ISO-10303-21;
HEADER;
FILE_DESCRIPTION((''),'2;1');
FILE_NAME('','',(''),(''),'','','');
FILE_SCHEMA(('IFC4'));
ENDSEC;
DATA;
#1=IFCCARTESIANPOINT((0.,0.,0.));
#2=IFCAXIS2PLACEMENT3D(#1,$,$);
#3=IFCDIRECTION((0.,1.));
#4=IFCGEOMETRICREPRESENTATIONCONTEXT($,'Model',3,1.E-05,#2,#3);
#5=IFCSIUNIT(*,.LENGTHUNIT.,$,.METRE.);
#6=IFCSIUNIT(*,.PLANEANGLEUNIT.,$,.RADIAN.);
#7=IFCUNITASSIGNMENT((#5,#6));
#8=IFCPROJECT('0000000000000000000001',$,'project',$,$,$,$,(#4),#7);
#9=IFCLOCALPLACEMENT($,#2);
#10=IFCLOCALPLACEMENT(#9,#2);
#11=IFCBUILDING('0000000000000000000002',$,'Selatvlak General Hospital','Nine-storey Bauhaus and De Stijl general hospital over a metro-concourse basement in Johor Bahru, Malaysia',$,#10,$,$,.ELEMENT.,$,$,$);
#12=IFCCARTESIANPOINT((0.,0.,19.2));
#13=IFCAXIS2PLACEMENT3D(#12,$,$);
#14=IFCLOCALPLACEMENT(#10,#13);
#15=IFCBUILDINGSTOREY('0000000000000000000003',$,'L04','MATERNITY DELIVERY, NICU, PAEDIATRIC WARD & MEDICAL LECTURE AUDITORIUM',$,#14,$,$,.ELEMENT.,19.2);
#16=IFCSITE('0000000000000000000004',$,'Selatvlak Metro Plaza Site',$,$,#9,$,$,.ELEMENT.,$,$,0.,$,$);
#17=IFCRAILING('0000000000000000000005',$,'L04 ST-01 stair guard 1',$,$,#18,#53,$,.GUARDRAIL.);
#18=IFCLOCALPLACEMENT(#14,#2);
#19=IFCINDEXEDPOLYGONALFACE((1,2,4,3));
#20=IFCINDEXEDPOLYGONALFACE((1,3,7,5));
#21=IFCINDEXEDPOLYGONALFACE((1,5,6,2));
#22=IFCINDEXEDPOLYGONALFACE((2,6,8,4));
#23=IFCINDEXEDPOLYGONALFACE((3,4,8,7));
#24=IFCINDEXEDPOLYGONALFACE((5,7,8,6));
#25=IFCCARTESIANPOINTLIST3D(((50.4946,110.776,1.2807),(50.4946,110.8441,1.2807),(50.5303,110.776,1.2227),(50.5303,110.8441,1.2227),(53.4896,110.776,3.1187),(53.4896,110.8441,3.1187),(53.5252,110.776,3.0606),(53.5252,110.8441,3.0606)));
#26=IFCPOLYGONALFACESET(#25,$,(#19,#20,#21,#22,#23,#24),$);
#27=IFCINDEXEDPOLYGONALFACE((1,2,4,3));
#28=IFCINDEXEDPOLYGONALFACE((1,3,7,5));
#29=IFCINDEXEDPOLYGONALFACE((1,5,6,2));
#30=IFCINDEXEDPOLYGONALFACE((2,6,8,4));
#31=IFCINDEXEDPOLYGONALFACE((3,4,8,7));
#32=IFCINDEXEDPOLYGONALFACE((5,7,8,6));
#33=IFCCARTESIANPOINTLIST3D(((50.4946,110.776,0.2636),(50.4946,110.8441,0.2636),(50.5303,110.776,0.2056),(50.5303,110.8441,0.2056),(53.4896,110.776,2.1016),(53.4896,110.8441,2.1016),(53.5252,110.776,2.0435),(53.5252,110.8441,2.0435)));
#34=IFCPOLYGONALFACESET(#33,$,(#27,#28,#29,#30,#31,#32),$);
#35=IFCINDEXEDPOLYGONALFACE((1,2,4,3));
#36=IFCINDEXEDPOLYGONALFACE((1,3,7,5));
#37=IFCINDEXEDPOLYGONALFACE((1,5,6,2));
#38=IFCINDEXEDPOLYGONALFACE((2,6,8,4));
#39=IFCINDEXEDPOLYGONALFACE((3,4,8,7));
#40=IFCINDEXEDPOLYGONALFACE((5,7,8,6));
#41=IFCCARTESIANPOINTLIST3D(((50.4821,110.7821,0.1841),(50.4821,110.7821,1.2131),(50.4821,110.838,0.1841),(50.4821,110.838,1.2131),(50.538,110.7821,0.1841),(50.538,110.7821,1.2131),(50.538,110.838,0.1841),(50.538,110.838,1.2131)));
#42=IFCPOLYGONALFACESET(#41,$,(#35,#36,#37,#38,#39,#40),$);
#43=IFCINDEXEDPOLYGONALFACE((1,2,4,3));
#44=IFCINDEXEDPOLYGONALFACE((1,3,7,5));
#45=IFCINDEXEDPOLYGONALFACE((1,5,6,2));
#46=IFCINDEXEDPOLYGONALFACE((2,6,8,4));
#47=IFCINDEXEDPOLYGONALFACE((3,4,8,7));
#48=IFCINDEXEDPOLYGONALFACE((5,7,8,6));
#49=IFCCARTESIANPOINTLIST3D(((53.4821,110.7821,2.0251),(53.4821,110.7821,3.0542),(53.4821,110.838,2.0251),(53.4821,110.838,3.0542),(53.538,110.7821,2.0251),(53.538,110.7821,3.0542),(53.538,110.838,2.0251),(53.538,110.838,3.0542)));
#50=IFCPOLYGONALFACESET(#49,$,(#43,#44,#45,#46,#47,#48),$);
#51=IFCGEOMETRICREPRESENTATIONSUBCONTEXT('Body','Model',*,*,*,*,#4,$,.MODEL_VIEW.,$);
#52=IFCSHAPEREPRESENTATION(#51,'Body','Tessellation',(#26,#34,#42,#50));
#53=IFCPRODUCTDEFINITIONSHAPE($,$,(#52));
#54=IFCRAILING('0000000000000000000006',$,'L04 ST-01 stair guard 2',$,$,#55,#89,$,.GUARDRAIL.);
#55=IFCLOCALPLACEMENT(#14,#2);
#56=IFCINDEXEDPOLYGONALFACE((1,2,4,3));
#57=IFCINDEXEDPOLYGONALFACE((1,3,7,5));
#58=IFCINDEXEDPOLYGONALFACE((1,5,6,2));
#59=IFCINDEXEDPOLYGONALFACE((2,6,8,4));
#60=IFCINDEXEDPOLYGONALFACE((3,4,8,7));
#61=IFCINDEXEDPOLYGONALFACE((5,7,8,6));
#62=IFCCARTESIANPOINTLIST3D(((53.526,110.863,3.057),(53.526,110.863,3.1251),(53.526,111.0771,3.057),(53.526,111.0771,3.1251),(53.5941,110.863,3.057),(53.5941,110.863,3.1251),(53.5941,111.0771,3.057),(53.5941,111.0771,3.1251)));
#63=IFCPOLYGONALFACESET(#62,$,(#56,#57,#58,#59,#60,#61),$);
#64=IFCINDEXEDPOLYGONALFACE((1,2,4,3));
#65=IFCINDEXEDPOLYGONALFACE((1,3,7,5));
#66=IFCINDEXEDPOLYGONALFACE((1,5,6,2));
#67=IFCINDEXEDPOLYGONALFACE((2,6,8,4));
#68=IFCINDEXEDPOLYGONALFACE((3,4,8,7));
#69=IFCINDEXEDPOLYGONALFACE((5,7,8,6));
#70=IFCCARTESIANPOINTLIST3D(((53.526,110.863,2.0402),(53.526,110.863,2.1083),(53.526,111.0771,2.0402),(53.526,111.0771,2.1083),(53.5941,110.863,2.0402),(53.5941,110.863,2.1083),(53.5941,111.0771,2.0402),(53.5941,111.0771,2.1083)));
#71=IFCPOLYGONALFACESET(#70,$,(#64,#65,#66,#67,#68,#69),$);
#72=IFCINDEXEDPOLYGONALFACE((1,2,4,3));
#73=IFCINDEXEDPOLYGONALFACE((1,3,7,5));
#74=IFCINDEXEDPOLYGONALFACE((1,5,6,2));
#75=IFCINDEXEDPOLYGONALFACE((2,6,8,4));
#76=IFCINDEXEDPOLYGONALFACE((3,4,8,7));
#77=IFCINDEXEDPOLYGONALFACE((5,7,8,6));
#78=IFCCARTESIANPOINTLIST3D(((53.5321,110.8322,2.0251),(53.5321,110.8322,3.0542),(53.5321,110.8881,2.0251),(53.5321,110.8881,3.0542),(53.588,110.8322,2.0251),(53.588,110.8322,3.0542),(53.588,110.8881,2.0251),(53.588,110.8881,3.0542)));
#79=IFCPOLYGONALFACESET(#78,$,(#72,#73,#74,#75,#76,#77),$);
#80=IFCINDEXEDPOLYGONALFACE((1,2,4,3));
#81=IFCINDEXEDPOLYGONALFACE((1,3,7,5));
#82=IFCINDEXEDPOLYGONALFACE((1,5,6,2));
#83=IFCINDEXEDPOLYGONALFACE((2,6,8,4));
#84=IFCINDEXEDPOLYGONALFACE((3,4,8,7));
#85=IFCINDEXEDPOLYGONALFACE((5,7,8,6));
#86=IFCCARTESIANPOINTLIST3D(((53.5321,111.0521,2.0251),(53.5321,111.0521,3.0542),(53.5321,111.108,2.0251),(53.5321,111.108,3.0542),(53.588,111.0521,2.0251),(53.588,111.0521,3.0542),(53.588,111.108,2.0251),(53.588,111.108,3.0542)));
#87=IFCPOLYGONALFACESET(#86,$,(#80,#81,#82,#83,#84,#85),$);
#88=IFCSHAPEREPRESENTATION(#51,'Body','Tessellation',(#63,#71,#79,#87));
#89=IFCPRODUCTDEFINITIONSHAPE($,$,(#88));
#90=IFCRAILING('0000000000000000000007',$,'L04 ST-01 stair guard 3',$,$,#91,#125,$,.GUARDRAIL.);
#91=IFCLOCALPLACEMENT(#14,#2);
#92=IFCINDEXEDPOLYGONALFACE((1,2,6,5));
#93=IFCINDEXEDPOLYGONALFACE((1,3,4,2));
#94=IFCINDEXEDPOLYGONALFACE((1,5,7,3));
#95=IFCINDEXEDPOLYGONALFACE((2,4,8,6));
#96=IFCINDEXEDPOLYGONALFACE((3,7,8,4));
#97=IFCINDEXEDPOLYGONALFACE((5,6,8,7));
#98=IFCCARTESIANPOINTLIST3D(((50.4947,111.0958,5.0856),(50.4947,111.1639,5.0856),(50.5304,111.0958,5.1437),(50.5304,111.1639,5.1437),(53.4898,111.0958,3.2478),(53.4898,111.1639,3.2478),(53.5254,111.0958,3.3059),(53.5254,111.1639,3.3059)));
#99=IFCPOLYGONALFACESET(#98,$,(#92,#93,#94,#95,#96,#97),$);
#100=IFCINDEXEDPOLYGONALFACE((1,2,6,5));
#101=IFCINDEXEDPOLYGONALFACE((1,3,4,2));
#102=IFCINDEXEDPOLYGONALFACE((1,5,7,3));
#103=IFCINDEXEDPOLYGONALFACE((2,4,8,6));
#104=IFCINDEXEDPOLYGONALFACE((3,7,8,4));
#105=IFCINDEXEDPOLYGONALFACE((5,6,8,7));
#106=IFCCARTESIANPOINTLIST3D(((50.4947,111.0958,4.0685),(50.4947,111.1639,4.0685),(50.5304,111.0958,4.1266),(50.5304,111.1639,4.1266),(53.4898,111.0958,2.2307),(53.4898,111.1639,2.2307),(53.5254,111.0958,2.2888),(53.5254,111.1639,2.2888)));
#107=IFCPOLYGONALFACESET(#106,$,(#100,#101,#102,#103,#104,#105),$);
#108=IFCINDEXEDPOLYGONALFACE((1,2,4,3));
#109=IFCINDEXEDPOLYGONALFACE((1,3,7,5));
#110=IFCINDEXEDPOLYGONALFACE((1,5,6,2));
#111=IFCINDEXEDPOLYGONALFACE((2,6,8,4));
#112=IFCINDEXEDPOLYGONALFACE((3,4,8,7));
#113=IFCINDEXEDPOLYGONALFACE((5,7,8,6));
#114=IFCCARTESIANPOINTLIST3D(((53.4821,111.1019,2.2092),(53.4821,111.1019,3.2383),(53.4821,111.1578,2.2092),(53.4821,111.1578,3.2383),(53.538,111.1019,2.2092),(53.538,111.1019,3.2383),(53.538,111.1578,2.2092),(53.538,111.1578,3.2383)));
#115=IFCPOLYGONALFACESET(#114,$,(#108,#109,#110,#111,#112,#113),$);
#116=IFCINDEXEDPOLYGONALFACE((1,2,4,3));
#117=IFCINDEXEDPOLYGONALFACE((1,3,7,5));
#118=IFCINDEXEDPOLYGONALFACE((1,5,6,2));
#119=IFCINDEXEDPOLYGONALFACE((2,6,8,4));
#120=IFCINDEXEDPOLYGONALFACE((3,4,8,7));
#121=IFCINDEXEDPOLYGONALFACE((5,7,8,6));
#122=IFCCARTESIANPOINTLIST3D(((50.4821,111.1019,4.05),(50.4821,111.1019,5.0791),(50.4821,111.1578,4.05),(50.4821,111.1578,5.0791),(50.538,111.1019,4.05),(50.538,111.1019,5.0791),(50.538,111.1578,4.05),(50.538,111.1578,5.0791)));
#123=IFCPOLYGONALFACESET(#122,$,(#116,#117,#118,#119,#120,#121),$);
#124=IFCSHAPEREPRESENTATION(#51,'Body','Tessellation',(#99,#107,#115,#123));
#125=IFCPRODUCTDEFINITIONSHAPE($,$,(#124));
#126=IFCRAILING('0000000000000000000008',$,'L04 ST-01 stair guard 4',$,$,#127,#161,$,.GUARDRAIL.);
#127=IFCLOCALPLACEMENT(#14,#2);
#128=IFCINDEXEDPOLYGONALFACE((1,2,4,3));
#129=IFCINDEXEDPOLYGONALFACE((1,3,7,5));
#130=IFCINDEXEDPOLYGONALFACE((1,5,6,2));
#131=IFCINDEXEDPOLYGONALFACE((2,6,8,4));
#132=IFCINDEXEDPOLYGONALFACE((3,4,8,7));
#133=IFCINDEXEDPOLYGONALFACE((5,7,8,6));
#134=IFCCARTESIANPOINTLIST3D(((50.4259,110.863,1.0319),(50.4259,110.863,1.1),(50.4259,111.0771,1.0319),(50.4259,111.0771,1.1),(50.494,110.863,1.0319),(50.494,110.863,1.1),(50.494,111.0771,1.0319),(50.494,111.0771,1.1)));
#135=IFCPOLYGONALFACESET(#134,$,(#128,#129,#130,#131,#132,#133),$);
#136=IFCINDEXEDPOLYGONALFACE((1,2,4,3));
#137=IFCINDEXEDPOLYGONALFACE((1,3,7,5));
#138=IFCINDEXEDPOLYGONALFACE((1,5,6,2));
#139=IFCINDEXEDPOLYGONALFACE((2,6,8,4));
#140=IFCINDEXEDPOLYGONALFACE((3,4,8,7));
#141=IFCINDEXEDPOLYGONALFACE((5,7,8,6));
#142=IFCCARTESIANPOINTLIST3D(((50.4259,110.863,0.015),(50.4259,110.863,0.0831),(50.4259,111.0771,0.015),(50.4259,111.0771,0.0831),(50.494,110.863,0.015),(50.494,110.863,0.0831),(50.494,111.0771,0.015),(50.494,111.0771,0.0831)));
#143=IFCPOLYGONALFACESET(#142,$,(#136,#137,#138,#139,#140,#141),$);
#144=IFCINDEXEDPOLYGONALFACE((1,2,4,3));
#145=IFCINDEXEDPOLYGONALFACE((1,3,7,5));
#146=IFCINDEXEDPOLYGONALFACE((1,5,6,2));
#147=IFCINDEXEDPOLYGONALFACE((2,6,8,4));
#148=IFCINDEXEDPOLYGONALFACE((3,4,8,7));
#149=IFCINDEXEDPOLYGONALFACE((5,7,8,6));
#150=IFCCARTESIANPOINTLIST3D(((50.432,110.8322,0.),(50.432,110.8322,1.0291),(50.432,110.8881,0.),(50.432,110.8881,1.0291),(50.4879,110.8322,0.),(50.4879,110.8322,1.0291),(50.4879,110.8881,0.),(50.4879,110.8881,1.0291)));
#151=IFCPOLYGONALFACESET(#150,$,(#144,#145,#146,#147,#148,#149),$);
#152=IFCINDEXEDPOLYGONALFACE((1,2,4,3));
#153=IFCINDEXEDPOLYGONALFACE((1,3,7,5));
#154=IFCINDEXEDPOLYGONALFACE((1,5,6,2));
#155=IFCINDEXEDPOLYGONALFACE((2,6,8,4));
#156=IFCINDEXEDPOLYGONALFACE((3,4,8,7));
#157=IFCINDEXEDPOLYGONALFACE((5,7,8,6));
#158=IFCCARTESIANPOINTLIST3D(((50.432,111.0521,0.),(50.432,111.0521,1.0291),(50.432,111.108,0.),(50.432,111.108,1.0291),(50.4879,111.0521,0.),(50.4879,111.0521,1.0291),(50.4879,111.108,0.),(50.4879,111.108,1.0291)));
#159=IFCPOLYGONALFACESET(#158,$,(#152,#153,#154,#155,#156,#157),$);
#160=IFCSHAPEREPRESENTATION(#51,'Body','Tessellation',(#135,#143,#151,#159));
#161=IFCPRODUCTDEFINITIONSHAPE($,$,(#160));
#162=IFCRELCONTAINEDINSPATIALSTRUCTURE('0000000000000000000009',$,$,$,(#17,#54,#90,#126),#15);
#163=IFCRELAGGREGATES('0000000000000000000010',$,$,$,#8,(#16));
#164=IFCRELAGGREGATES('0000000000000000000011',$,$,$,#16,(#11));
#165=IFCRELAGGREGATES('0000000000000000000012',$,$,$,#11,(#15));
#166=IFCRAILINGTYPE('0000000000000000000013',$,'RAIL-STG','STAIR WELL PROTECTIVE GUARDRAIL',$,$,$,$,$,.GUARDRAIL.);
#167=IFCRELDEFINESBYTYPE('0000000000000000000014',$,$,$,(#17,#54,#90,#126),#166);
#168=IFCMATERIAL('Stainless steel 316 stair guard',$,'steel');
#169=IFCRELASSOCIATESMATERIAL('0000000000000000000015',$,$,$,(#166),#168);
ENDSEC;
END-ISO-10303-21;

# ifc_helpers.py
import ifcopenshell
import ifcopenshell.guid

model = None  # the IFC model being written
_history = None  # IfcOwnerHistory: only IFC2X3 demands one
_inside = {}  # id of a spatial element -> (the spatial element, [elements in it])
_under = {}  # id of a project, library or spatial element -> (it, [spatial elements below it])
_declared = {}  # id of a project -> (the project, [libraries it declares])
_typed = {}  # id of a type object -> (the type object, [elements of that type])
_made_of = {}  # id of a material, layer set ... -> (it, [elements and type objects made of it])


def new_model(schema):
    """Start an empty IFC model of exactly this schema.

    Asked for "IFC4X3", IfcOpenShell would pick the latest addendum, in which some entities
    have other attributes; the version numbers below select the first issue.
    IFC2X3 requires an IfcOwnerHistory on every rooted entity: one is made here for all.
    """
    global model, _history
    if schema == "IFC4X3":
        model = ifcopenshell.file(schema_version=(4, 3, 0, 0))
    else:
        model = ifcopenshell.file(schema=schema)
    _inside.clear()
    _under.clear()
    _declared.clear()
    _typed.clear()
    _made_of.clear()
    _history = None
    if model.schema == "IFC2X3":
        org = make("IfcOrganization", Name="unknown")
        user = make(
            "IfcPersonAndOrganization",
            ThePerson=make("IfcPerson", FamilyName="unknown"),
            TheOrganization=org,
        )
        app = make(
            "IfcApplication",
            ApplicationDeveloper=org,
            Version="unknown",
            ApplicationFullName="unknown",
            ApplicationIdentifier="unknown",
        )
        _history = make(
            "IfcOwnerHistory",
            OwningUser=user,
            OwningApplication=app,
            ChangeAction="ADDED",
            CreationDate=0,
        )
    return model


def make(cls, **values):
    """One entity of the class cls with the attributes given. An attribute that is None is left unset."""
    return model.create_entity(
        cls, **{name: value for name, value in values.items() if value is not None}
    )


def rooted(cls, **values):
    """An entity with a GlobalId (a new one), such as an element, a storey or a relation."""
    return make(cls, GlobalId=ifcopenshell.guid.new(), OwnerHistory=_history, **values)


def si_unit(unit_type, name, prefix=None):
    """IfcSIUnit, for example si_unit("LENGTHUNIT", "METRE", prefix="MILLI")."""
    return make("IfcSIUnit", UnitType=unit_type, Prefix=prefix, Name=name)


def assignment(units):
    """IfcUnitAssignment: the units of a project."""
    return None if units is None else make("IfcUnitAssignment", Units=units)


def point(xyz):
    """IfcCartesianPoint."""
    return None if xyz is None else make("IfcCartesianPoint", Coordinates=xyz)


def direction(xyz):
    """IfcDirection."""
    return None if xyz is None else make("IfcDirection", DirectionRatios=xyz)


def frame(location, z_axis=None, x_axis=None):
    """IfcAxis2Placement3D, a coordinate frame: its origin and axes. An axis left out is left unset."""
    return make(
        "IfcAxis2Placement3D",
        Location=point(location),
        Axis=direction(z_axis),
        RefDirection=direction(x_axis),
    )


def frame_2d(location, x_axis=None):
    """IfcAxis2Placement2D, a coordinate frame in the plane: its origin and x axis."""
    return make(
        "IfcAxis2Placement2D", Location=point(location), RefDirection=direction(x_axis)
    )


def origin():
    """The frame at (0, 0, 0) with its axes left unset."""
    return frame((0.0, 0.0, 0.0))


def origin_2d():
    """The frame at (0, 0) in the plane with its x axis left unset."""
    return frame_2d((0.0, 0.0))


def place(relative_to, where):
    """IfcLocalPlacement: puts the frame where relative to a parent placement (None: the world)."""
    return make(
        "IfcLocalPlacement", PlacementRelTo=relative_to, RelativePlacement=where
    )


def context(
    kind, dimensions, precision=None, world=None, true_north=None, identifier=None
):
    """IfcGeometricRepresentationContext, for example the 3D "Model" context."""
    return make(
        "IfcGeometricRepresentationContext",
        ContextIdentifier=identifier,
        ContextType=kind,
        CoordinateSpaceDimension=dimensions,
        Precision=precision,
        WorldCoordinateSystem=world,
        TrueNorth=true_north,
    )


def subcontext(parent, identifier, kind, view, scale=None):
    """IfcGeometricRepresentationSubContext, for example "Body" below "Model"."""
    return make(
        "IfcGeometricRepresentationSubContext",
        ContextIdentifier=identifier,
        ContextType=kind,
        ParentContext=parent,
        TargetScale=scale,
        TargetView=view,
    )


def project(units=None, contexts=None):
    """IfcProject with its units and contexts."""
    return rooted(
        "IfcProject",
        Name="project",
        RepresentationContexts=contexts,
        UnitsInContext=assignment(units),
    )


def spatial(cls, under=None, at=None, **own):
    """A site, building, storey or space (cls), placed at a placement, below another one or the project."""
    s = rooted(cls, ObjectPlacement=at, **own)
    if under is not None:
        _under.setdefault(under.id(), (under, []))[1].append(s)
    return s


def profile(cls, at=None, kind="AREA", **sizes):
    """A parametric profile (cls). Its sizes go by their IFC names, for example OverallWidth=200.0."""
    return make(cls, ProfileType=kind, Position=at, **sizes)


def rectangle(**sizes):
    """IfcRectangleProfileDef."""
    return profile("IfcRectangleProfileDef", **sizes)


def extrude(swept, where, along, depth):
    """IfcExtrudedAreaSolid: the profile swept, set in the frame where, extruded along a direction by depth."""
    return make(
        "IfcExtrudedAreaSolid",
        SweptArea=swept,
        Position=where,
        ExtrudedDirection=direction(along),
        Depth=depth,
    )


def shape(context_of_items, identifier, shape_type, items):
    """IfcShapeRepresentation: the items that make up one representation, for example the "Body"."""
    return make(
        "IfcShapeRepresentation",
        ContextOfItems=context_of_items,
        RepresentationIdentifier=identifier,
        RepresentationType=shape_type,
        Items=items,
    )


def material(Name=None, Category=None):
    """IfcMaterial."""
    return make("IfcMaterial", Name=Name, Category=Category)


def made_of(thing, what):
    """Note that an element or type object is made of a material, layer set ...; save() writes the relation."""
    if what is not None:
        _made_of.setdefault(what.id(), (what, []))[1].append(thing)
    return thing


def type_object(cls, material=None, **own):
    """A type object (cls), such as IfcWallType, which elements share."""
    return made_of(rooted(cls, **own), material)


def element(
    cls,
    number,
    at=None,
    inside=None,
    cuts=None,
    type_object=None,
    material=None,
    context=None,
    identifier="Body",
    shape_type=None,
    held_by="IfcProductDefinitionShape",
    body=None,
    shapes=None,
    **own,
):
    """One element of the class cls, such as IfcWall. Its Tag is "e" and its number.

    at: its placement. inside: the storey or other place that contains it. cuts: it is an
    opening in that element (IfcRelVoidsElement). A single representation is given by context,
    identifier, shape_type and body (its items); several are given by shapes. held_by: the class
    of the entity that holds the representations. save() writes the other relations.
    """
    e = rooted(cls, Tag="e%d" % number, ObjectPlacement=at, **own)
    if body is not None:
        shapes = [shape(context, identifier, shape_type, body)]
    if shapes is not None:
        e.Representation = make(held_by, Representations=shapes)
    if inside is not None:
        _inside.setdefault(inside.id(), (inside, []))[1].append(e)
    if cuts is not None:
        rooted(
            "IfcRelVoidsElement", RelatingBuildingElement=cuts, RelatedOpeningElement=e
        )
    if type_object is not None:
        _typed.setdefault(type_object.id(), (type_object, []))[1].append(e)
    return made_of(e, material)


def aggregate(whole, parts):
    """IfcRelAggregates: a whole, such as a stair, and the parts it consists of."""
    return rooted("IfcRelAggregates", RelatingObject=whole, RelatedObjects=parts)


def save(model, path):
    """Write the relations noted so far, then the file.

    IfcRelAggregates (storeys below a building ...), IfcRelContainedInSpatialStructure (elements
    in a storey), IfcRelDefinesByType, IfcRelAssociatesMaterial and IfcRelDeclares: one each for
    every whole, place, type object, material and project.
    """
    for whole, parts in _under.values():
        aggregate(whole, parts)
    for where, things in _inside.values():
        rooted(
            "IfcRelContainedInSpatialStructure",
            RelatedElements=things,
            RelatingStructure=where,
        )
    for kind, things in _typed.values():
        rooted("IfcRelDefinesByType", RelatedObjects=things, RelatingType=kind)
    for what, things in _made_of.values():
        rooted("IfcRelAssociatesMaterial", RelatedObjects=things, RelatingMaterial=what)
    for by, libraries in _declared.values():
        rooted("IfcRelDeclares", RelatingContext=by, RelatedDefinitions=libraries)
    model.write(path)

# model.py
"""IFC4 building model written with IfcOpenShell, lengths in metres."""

from ifc_helpers import new_model, si_unit, direction, frame, origin, origin_2d, place, context, subcontext, project, spatial, rectangle, extrude, material, type_object, element, save


model = new_model("IFC4")

# Units and contexts
model_context = context("Model", 3, precision=1e-05, world=origin(), true_north=direction((0.0, 1.0)))
body_context = subcontext(model_context, "Body", "Model", "MODEL_VIEW")
ifc_project = project(units=[si_unit("LENGTHUNIT", "METRE"), si_unit("PLANEANGLEUNIT", "RADIAN")], contexts=[model_context])

# Site, building, storey
site_placement = place(None, origin())
site = spatial("IfcSite", under=ifc_project, at=site_placement, Name="Selatvlak Metro Plaza Site", CompositionType="ELEMENT", RefElevation=0.0)
building_placement = place(site_placement, origin())
building = spatial("IfcBuilding", under=site, at=building_placement, Name="Selatvlak General Hospital", Description="Nine-storey Bauhaus and De Stijl general hospital over a metro-concourse basement in Johor Bahru, Malaysia", CompositionType="ELEMENT")
storey_placement = place(building_placement, frame((0.0, 0.0, 19.2)))
storey = spatial("IfcBuildingStorey", under=building, at=storey_placement, Name="L04", Description="MATERNITY DELIVERY, NICU, PAEDIATRIC WARD & MEDICAL LECTURE AUDITORIUM", CompositionType="ELEMENT", Elevation=19.2)

# Railings
ifc_material_1 = material(Name="Stainless steel 316 stair guard", Category="steel")
railing_type_1 = type_object("IfcRailingType", Name="RAIL-STG", Description="STAIR WELL PROTECTIVE GUARDRAIL", PredefinedType="GUARDRAIL", material=ifc_material_1)
railing_1_placement = place(storey_placement, frame((50.51, 110.8101, 0.1841)))
element("IfcRailing", 1, at=railing_1_placement, inside=storey, type_object=railing_type_1, Name="L04 ST-01 stair guard 1", PredefinedType="GUARDRAIL", context=body_context, shape_type="SweptSolid", body=[
    extrude(rectangle(XDim=0.0681, YDim=0.0681, at=origin_2d()), frame((0.0024, 0.0, 1.0676), z_axis=(0.852303, 0.0, 0.523048), x_axis=(0.0, 1.0, 0.0)), (0.0, 0.0, 1.0), 3.5139),
    extrude(rectangle(XDim=0.0681, YDim=0.0681, at=origin_2d()), frame((0.0024, 0.0, 0.0505), z_axis=(0.852303, 0.0, 0.523048), x_axis=(0.0, 1.0, 0.0)), (0.0, 0.0, 1.0), 3.5139),
    extrude(rectangle(XDim=0.0559, YDim=0.0559, at=origin_2d()), origin(), (0.0, 0.0, 1.0), 1.0291),
    extrude(rectangle(XDim=0.0559, YDim=0.0559, at=origin_2d()), frame((3.0, 0.0, 1.8411)), (0.0, 0.0, 1.0), 1.0291),
])
railing_2_placement = place(storey_placement, frame((53.5601, 110.8601, 2.0251)))
element("IfcRailing", 2, at=railing_2_placement, inside=storey, type_object=railing_type_1, Name="L04 ST-01 stair guard 2", PredefinedType="GUARDRAIL", context=body_context, shape_type="SweptSolid", body=[
    extrude(rectangle(XDim=0.0681, YDim=0.0681, at=origin_2d()), frame((0.0, 0.0029, 1.0659), z_axis=(0.0, 1.0, 0.0), x_axis=(-1.0, 0.0, 0.0)), (0.0, 0.0, 1.0), 0.2141),
    extrude(rectangle(XDim=0.0681, YDim=0.0681, at=origin_2d()), frame((0.0, 0.0029, 0.0491), z_axis=(0.0, 1.0, 0.0), x_axis=(-1.0, 0.0, 0.0)), (0.0, 0.0, 1.0), 0.2141),
    extrude(rectangle(XDim=0.0559, YDim=0.0559, at=origin_2d()), origin(), (0.0, 0.0, 1.0), 1.0291),
    extrude(rectangle(XDim=0.0559, YDim=0.0559, at=origin_2d()), frame((0.0, 0.22, 0.0)), (0.0, 0.0, 1.0), 1.0291),
])
railing_3_placement = place(storey_placement, frame((53.51, 111.1299, 2.2092)))
element("IfcRailing", 3, at=railing_3_placement, inside=storey, type_object=railing_type_1, Name="L04 ST-01 stair guard 3", PredefinedType="GUARDRAIL", context=body_context, shape_type="SweptSolid", body=[
    extrude(rectangle(XDim=0.0681, YDim=0.0681, at=origin_2d()), frame((-0.0024, 0.0, 1.0676), z_axis=(-0.852334, 0.0, 0.522998), x_axis=(0.0, -1.0, 0.0)), (0.0, 0.0, 1.0), 3.5139),
    extrude(rectangle(XDim=0.0681, YDim=0.0681, at=origin_2d()), frame((-0.0024, 0.0, 0.0505), z_axis=(-0.852334, 0.0, 0.522998), x_axis=(0.0, -1.0, 0.0)), (0.0, 0.0, 1.0), 3.5139),
    extrude(rectangle(XDim=0.0559, YDim=0.0559, at=origin_2d()), origin(), (0.0, 0.0, 1.0), 1.0291),
    extrude(rectangle(XDim=0.0559, YDim=0.0559, at=origin_2d()), frame((-3.0, 0.0, 1.8408)), (0.0, 0.0, 1.0), 1.0291),
])
railing_4_placement = place(storey_placement, frame((50.46, 110.8601, 0.0)))
element("IfcRailing", 4, at=railing_4_placement, inside=storey, type_object=railing_type_1, Name="L04 ST-01 stair guard 4", PredefinedType="GUARDRAIL", context=body_context, shape_type="SweptSolid", body=[
    extrude(rectangle(XDim=0.0681, YDim=0.0681, at=origin_2d()), frame((0.0, 0.0029, 1.0659), z_axis=(0.0, 1.0, 0.0), x_axis=(-1.0, 0.0, 0.0)), (0.0, 0.0, 1.0), 0.2141),
    extrude(rectangle(XDim=0.0681, YDim=0.0681, at=origin_2d()), frame((0.0, 0.0029, 0.0491), z_axis=(0.0, 1.0, 0.0), x_axis=(-1.0, 0.0, 0.0)), (0.0, 0.0, 1.0), 0.2141),
    extrude(rectangle(XDim=0.0559, YDim=0.0559, at=origin_2d()), origin(), (0.0, 0.0, 1.0), 1.0291),
    extrude(rectangle(XDim=0.0559, YDim=0.0559, at=origin_2d()), frame((0.0, 0.22, 0.0)), (0.0, 0.0, 1.0), 1.0291),
])

save(model, "model.ifc")
